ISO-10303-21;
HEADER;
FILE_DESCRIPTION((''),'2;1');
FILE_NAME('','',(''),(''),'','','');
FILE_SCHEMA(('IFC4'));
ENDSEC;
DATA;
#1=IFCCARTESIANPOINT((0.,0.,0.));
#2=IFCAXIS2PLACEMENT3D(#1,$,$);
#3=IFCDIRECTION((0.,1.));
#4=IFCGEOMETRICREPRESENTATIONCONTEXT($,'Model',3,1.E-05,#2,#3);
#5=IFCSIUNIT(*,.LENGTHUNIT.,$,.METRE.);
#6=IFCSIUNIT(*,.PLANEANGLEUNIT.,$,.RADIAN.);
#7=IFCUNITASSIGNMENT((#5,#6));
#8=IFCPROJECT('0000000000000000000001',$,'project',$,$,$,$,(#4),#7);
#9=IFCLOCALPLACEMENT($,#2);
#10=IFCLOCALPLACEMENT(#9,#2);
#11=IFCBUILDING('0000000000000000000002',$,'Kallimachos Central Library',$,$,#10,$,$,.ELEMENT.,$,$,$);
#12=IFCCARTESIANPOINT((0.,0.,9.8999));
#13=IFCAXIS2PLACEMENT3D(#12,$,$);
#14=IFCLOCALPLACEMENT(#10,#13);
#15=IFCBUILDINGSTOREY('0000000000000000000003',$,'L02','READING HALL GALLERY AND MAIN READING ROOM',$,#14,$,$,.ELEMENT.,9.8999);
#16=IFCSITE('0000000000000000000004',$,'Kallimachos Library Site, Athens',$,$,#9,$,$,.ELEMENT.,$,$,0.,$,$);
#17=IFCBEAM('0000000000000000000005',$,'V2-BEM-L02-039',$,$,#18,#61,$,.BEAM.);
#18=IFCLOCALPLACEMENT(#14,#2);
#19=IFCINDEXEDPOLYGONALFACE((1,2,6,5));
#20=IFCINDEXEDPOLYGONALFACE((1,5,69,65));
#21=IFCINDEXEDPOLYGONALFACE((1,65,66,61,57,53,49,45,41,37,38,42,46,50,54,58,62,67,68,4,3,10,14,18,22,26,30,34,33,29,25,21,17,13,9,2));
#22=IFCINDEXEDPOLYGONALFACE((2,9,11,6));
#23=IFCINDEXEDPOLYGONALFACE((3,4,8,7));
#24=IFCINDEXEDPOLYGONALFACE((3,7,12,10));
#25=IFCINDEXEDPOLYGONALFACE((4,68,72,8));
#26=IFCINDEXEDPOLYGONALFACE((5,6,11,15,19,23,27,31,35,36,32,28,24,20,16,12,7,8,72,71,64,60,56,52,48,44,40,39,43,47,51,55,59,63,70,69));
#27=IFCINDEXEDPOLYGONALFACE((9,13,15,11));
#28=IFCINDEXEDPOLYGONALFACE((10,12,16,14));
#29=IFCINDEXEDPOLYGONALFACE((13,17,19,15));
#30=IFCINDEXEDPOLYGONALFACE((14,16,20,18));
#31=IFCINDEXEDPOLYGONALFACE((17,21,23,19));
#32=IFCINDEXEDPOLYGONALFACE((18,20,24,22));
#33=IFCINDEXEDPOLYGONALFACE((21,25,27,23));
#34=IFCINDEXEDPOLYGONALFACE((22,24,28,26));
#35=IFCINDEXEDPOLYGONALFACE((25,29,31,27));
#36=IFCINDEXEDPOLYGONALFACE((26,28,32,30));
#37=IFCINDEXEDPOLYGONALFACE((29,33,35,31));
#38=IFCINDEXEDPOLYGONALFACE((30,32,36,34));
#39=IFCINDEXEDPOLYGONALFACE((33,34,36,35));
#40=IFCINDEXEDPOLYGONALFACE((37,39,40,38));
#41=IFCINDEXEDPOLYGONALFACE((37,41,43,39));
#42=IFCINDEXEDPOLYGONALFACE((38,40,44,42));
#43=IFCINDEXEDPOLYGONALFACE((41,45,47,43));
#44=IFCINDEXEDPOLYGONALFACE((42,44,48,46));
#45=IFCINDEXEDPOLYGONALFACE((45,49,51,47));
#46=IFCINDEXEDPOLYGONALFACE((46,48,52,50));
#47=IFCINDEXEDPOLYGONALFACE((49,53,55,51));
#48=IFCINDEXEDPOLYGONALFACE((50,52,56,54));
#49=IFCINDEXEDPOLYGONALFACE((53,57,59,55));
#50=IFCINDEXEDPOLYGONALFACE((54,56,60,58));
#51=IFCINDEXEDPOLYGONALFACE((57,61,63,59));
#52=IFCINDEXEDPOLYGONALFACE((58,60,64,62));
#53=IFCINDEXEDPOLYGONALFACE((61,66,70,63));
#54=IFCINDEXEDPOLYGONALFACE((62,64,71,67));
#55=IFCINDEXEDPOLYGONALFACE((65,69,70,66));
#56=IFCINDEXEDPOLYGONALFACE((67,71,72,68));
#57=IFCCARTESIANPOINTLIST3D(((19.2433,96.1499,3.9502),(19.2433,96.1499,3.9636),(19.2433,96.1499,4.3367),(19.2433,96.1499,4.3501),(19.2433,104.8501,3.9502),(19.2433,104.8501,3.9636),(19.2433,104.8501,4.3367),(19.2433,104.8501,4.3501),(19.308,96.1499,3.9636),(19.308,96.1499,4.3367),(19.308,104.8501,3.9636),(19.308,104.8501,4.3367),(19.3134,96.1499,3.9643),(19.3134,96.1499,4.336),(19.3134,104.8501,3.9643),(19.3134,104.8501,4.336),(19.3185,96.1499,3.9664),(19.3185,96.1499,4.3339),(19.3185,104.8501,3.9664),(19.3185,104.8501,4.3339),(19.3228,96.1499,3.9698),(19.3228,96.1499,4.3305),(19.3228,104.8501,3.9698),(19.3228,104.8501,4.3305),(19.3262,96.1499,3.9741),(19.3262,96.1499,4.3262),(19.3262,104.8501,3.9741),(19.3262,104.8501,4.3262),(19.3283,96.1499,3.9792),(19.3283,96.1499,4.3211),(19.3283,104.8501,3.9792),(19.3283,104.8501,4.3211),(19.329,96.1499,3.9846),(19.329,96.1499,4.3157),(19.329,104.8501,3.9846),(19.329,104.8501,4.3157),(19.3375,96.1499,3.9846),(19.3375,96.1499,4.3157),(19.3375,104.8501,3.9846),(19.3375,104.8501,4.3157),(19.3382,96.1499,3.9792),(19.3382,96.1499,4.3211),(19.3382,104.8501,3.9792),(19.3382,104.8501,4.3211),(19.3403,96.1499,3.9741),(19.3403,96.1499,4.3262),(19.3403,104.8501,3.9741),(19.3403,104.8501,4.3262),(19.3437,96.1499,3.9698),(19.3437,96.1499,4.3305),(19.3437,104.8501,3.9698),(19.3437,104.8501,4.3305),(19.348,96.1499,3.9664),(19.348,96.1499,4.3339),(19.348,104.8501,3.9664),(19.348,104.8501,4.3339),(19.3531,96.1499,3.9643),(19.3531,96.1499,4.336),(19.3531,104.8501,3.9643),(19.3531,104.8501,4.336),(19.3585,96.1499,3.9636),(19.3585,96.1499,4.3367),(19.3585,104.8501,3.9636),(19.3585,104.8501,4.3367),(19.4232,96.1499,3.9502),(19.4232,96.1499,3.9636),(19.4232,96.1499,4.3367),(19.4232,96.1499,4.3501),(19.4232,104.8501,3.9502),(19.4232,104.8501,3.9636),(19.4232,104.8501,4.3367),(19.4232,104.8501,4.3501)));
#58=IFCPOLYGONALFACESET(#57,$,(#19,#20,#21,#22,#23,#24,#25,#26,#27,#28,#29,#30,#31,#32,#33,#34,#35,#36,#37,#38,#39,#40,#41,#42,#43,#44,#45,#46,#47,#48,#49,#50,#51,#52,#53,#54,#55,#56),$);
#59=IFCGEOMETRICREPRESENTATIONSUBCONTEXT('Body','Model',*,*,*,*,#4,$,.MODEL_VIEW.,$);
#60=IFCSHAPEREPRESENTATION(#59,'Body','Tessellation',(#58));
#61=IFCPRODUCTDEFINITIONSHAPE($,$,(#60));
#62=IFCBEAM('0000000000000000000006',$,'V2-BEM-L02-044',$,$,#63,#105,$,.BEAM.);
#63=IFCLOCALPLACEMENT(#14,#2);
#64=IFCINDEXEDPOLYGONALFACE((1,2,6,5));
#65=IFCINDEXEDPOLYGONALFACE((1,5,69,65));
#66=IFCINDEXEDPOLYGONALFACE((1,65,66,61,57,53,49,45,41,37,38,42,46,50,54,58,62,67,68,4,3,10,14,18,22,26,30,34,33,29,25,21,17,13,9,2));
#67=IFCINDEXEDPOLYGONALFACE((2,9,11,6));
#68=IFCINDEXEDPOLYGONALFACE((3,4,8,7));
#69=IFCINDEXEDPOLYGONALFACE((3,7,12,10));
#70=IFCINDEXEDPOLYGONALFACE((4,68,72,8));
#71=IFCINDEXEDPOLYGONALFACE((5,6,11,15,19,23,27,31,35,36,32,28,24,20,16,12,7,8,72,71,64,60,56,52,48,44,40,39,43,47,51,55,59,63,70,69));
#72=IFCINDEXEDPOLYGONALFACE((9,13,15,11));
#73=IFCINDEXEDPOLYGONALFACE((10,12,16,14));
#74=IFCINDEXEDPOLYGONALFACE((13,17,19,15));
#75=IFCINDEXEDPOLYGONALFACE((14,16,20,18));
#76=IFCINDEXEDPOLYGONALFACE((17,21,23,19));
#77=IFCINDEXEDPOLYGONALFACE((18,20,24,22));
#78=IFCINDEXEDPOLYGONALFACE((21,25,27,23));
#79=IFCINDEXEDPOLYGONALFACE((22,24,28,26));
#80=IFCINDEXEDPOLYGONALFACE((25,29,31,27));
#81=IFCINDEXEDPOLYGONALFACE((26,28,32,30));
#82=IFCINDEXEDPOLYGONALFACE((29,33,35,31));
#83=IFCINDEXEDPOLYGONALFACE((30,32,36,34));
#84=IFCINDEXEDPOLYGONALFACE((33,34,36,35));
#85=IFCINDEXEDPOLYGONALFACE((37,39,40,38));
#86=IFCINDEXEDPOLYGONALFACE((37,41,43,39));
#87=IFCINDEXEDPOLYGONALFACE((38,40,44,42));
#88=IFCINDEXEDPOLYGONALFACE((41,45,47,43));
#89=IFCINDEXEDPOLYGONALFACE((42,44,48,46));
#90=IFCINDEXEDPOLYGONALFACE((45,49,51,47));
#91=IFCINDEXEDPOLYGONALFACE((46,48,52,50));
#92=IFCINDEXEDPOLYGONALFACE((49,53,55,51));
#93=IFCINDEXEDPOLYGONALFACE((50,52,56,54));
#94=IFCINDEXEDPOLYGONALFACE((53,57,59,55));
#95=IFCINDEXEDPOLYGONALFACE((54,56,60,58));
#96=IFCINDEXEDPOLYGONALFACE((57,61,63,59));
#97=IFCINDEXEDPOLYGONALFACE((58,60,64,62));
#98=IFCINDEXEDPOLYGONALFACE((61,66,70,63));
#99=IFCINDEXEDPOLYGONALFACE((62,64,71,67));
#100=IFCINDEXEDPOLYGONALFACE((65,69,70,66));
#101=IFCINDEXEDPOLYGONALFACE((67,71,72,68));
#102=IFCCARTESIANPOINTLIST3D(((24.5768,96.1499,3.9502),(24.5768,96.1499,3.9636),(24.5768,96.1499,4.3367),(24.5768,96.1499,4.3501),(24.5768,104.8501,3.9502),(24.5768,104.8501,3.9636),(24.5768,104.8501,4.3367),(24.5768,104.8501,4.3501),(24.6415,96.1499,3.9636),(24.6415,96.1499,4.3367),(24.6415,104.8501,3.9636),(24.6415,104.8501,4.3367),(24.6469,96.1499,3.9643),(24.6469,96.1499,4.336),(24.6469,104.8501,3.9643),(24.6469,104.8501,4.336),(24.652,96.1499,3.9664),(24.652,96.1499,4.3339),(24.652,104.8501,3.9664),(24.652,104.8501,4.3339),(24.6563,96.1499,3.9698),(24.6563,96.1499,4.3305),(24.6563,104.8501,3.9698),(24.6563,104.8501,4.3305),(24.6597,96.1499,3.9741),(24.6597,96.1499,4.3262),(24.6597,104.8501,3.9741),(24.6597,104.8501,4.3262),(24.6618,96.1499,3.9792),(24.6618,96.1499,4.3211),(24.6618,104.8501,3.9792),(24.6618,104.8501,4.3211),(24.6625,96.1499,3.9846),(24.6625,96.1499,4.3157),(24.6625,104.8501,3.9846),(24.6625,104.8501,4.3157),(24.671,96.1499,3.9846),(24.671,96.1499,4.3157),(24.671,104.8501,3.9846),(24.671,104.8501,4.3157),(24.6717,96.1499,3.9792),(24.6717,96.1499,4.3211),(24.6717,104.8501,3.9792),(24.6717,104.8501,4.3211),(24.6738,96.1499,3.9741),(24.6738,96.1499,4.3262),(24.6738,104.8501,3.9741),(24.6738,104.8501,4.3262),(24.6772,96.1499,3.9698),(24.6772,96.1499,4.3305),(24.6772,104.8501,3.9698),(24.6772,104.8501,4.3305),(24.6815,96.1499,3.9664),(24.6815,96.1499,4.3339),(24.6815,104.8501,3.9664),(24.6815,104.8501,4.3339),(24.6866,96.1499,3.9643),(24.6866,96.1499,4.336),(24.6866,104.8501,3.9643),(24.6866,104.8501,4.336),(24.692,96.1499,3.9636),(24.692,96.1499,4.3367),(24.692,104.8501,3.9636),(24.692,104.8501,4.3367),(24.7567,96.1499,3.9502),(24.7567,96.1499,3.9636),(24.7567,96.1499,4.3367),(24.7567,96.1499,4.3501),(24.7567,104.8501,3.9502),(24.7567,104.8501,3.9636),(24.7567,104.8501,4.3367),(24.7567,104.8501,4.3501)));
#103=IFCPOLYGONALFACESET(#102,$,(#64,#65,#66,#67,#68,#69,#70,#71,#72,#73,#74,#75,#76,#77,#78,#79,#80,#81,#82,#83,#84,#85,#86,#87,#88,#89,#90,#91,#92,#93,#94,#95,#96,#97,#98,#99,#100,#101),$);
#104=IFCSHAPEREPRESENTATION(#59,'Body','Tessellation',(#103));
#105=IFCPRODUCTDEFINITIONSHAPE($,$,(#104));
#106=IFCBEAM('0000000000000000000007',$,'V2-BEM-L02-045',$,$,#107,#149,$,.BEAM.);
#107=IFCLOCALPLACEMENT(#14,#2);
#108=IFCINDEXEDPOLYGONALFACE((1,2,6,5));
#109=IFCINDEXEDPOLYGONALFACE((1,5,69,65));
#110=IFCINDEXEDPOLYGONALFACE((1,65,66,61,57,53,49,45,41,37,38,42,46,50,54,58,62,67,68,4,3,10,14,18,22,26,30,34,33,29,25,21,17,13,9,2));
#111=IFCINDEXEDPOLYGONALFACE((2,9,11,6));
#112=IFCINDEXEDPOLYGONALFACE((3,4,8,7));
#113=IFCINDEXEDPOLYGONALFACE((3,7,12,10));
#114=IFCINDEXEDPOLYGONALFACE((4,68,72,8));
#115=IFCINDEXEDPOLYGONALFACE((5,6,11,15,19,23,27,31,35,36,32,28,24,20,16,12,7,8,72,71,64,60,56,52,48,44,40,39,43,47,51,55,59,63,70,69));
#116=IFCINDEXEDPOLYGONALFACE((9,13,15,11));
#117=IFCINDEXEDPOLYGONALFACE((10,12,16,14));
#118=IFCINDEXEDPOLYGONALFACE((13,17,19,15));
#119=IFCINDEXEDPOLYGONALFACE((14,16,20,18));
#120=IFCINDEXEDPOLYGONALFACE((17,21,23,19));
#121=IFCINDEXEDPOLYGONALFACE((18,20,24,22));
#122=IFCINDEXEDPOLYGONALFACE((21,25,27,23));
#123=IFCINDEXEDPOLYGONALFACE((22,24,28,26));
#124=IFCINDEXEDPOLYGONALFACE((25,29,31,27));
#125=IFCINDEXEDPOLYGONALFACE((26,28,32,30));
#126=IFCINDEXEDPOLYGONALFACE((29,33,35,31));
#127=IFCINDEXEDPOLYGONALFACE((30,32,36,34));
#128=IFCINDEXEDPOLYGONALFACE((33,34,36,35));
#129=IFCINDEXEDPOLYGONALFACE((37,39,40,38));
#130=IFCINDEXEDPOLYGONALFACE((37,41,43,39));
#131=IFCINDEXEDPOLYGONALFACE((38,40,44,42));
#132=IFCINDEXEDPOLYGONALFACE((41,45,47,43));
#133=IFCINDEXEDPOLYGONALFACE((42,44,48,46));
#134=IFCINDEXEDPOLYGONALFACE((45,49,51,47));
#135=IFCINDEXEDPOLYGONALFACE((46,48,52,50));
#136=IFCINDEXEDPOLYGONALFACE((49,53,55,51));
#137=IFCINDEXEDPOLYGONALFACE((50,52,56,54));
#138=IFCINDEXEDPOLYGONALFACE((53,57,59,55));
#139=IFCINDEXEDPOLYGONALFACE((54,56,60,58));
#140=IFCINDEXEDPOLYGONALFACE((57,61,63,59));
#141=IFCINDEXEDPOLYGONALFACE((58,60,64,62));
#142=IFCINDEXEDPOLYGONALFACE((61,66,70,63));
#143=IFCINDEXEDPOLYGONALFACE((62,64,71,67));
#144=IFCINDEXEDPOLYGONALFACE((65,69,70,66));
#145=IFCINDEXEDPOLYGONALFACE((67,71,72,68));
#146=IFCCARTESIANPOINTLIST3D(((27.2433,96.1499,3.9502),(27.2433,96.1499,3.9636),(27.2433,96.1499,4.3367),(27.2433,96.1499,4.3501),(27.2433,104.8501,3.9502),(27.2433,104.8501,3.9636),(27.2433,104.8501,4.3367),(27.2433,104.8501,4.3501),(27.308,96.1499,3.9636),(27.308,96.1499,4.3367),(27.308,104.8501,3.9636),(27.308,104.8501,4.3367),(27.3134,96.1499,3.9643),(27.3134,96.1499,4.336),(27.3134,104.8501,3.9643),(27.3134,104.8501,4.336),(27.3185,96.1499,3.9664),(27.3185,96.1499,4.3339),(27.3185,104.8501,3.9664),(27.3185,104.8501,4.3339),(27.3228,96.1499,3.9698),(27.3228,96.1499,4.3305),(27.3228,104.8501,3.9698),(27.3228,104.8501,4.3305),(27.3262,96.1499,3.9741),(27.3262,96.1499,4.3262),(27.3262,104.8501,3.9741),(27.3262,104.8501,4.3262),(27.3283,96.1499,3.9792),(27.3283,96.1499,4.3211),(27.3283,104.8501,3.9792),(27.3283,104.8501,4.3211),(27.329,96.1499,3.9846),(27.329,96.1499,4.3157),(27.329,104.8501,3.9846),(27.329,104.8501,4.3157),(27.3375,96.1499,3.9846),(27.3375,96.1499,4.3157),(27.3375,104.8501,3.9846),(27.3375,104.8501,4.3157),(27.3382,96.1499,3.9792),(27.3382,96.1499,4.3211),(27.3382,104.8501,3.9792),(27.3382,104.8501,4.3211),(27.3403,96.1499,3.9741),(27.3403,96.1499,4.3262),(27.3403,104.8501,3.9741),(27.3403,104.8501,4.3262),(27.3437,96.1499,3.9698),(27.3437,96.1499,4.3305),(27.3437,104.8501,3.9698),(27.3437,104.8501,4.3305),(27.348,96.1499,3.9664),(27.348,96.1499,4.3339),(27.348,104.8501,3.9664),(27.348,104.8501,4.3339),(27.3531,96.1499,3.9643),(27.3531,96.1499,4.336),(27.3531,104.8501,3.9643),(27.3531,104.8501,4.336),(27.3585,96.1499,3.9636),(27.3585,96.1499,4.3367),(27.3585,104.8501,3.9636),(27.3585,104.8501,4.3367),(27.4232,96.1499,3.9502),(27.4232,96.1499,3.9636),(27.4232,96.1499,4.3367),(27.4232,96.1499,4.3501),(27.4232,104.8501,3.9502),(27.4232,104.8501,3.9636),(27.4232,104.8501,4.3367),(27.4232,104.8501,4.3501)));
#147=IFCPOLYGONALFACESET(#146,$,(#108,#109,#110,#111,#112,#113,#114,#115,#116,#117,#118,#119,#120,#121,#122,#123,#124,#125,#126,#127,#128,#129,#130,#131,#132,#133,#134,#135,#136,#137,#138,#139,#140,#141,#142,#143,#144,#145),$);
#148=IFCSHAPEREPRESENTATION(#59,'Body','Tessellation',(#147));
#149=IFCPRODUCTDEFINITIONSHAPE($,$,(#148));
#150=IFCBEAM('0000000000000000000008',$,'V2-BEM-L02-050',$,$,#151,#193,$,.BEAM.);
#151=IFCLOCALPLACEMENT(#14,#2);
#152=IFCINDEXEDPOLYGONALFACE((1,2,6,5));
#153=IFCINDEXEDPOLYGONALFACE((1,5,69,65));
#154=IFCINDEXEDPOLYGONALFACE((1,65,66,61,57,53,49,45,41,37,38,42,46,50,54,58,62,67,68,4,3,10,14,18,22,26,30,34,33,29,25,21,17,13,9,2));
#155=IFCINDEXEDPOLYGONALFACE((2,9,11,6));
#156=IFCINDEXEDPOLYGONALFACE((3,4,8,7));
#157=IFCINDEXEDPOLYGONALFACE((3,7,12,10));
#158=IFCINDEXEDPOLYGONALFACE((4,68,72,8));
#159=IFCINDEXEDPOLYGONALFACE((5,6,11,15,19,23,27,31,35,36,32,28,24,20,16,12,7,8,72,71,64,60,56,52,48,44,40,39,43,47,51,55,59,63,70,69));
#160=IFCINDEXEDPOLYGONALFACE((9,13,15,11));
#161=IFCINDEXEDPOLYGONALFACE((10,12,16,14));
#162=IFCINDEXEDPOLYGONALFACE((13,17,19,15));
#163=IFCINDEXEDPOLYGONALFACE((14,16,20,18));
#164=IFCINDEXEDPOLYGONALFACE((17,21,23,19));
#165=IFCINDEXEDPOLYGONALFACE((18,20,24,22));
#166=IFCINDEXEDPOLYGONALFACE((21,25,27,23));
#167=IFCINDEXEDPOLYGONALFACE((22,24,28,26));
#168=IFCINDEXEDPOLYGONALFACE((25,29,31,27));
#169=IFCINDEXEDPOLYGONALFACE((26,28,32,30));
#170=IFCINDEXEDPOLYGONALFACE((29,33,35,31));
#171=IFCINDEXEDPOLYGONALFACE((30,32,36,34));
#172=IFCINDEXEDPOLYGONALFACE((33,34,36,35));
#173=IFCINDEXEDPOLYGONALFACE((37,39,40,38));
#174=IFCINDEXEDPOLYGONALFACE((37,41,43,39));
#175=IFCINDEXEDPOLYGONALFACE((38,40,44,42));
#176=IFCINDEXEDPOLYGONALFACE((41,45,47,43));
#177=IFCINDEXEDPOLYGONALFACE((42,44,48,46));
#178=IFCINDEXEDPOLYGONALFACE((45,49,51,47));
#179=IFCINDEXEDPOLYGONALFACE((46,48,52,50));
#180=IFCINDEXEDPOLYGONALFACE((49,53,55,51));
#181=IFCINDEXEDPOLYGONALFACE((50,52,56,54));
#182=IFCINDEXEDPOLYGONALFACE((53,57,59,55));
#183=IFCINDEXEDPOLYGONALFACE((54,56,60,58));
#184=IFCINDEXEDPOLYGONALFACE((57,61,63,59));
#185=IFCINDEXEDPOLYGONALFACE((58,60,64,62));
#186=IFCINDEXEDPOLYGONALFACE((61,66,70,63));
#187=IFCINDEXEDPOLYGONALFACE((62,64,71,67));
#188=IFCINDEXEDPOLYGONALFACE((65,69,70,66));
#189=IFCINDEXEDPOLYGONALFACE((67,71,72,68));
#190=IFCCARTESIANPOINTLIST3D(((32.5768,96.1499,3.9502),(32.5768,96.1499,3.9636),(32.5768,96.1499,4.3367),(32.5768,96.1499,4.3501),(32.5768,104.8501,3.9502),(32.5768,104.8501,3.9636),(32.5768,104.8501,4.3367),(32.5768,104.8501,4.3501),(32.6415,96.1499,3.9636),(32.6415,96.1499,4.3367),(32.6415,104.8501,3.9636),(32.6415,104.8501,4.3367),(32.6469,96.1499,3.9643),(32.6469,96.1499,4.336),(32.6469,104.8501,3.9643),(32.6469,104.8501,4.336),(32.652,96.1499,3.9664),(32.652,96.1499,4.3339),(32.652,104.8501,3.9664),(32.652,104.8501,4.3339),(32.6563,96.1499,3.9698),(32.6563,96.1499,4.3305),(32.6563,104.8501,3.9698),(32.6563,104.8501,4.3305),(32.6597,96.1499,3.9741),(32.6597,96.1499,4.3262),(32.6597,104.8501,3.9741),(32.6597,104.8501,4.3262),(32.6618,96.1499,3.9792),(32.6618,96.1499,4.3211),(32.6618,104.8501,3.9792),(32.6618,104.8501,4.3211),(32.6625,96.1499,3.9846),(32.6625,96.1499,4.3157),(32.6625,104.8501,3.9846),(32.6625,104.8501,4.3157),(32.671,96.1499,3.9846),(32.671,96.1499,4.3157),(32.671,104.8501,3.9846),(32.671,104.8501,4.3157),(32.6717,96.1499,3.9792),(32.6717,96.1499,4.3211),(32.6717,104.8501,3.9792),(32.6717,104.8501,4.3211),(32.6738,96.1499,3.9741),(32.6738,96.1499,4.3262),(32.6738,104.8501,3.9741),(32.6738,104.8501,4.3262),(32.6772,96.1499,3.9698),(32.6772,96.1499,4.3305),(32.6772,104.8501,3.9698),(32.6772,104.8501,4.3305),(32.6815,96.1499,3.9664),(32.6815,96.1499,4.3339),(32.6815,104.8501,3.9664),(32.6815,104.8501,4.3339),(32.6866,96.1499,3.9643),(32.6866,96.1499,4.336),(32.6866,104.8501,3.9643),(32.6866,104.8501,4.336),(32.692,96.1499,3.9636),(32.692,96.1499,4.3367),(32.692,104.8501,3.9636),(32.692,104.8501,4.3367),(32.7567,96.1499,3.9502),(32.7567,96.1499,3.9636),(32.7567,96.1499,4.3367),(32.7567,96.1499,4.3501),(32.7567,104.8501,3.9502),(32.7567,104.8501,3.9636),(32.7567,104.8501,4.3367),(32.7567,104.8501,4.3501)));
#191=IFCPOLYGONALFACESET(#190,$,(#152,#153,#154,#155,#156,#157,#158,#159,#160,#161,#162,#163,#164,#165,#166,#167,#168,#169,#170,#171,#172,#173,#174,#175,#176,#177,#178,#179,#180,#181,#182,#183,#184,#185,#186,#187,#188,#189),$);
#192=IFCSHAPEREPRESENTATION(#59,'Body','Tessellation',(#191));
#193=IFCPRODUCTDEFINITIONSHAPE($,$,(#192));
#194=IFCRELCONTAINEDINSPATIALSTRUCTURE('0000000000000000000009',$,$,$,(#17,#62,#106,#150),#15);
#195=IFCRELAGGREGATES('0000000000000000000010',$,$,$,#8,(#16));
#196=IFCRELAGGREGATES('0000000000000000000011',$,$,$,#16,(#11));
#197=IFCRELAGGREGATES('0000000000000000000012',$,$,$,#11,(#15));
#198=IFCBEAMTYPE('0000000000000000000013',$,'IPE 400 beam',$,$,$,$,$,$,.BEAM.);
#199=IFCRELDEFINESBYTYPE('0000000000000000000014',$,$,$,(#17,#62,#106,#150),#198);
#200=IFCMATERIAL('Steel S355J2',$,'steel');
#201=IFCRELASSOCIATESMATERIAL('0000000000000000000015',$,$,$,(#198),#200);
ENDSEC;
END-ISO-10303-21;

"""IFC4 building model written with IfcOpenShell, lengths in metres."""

from ifc_helpers import new_model, si_unit, direction, frame, origin, origin_2d, place, context, subcontext, project, spatial, i_section, extrude, material, material_profile, profile_set, type_object, element, save


model = new_model("IFC4")

# Units and contexts
model_context = context("Model", 3, precision=1e-05, world=origin(), true_north=direction((0.0, 1.0)))
body_context = subcontext(model_context, "Body", "Model", "MODEL_VIEW")
ifc_project = project(units=[si_unit("LENGTHUNIT", "METRE"), si_unit("PLANEANGLEUNIT", "RADIAN")], contexts=[model_context])

# Site, building, storey
site_placement = place(None, origin())
site = spatial("IfcSite", under=ifc_project, at=site_placement, Name="Kallimachos Library Site, Athens", CompositionType="ELEMENT", RefElevation=0.0)
building_placement = place(site_placement, origin())
building = spatial("IfcBuilding", under=site, at=building_placement, Name="Kallimachos Central Library", CompositionType="ELEMENT")
storey_placement = place(building_placement, frame((0.0, 0.0, 9.8999)))
storey = spatial("IfcBuildingStorey", under=building, at=storey_placement, Name="L02", Description="READING HALL GALLERY AND MAIN READING ROOM", CompositionType="ELEMENT", Elevation=9.8999)

# Beams
ifc_material_1 = material(Name="Steel S355J2", Category="steel")
ifc_material_profile_1 = material_profile(ifc_material_1, i_section(OverallWidth=0.1799, OverallDepth=0.3999, WebThickness=0.0085, FlangeThickness=0.0134, FilletRadius=0.021, at=origin_2d()), Name="IPE 400")
ifc_profile_set_1 = profile_set([ifc_material_profile_1], Name="Steel S355J2")
beam_type_1 = type_object("IfcBeamType", Name="IPE 400 beam", PredefinedType="BEAM", material=ifc_profile_set_1)
for number, where, z_axis, x_axis, name in (
    (1, (19.3333, 96.1499, 4.1501), (0.0, 1.0, 0.0), (-1.0, 0.0, 0.0), "V2-BEM-L02-039"),
    (2, (24.6667, 96.1499, 4.1501), (0.0, 1.0, 0.0), (-1.0, 0.0, 0.0), "V2-BEM-L02-044"),
    (3, (27.3333, 96.1499, 4.1501), (0.0, 1.0, 0.0), (-1.0, 0.0, 0.0), "V2-BEM-L02-045"),
    (4, (32.6667, 96.1499, 4.1501), (0.0, 1.0, 0.0), (-1.0, 0.0, 0.0), "V2-BEM-L02-050"),
):
    element("IfcBeam", number, at=place(storey_placement, frame(where, z_axis=z_axis, x_axis=x_axis)), inside=storey, type_object=beam_type_1, Name=name, PredefinedType="BEAM", context=body_context, shape_type="SweptSolid", body=[
        extrude(i_section(OverallWidth=0.1799, OverallDepth=0.3999, WebThickness=0.0085, FlangeThickness=0.0134, FilletRadius=0.021, at=origin_2d()), origin(), (0.0, 0.0, 1.0), 8.7002),
    ])

save(model, "model.ifc")
